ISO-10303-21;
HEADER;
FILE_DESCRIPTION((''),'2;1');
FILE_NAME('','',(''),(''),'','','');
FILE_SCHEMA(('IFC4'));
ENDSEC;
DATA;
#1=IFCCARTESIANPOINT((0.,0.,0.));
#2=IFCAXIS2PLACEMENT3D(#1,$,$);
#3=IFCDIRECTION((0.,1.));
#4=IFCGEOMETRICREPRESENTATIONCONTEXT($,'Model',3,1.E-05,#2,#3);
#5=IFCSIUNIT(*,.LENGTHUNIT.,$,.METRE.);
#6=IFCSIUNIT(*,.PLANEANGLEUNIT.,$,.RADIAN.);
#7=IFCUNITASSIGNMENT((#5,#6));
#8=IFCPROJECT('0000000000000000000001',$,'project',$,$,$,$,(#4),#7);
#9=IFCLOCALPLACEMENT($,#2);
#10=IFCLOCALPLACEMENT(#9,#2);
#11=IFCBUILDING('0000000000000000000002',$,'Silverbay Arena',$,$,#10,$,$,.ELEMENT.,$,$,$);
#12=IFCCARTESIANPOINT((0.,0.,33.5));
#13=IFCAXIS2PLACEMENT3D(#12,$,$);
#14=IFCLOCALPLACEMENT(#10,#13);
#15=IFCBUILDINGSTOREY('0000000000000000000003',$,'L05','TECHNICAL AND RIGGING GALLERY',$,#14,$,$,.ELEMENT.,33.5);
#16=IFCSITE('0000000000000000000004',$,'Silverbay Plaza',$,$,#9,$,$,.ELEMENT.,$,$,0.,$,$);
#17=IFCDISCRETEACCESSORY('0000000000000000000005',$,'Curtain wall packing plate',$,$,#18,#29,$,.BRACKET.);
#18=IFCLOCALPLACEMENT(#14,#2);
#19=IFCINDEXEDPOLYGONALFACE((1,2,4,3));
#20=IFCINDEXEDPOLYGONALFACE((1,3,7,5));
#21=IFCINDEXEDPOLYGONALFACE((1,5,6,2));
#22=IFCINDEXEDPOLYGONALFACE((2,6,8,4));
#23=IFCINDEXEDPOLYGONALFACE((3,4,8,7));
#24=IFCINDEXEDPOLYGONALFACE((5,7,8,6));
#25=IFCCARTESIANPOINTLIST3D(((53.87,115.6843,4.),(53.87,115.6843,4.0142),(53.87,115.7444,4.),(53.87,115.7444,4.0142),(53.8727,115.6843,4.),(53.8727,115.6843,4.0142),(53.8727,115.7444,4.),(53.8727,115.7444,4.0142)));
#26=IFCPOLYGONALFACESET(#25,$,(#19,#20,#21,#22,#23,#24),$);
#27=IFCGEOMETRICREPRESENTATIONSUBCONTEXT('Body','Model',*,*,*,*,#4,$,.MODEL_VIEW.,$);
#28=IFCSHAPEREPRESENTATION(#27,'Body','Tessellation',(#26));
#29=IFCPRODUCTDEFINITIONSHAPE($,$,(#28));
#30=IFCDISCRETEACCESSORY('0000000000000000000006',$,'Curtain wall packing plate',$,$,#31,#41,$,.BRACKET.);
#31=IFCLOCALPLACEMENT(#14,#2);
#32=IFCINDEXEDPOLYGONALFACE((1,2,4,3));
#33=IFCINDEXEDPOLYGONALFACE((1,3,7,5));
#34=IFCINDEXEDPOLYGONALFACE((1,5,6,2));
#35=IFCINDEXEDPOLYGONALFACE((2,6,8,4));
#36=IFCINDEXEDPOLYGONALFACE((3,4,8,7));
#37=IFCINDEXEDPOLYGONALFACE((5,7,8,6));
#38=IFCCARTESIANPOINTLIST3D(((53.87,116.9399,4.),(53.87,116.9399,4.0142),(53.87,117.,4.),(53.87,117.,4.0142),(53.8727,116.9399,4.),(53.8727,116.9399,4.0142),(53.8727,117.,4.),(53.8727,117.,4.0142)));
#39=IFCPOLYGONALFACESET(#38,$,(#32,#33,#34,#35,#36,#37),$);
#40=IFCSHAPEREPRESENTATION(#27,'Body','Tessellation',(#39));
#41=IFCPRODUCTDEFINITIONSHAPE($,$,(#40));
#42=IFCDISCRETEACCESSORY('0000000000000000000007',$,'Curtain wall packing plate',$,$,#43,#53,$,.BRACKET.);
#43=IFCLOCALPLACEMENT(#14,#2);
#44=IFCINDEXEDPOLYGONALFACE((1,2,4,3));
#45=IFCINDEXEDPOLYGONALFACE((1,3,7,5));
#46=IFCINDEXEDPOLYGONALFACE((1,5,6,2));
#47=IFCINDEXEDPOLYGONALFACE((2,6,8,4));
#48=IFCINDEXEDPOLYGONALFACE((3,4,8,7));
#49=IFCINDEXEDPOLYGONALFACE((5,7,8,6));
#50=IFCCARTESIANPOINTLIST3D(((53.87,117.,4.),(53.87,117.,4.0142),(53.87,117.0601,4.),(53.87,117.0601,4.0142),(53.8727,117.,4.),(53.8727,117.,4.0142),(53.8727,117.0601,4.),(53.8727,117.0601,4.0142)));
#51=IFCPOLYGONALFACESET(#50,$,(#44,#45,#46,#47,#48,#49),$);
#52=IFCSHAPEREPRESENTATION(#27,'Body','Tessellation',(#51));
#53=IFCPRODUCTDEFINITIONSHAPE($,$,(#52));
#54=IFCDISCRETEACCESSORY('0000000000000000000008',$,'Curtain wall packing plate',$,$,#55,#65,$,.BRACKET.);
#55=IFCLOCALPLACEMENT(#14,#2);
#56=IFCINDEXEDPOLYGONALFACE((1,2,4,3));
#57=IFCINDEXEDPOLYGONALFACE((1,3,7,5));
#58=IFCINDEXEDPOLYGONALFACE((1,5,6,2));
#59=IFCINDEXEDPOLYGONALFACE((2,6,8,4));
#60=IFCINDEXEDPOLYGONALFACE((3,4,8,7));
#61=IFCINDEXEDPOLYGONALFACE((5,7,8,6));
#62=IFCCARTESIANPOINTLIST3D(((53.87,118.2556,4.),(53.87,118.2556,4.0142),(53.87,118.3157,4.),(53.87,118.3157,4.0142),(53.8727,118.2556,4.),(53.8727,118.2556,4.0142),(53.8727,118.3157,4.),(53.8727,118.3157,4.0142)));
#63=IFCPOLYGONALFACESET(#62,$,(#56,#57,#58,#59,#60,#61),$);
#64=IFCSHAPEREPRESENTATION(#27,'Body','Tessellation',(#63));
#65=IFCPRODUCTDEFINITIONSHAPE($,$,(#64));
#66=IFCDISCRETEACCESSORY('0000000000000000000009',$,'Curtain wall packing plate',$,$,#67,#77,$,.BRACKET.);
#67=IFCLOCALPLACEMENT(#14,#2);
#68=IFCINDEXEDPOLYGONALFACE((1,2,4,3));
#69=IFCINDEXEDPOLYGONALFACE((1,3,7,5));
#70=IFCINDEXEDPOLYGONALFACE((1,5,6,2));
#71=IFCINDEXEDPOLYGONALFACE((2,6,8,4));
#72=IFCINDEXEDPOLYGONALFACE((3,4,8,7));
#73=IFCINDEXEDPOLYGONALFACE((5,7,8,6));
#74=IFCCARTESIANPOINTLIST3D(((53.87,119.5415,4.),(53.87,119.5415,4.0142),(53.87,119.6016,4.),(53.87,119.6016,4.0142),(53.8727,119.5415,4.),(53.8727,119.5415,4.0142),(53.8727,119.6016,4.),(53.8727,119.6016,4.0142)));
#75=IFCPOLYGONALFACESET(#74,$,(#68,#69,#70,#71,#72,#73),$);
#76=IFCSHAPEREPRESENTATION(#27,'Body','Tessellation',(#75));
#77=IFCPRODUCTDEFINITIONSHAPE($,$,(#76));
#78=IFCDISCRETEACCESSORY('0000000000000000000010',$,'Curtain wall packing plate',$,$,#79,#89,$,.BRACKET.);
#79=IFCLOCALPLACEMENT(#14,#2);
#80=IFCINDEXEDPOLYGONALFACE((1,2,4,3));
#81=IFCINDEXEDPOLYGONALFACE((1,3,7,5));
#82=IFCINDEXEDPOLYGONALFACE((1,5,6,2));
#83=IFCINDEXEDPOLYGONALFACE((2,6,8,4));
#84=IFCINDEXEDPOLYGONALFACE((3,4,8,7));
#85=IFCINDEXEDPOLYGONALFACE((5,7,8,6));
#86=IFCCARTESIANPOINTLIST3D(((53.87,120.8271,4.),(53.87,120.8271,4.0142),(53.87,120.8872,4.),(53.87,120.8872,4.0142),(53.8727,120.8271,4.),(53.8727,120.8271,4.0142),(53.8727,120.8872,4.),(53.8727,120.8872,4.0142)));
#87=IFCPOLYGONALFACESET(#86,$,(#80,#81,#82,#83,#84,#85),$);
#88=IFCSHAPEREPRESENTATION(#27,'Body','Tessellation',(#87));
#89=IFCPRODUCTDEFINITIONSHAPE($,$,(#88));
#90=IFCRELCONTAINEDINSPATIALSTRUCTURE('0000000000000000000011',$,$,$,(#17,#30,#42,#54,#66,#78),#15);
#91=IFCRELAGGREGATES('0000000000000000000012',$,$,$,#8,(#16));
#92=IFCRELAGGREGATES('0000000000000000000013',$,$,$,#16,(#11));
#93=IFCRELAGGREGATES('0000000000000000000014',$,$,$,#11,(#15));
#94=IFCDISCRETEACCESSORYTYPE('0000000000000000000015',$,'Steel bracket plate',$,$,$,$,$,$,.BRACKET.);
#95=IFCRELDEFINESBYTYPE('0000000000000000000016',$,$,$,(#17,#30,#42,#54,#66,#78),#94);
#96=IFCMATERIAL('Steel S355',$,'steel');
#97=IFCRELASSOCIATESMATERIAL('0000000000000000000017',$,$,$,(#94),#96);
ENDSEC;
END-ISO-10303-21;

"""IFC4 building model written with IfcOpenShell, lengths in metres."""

from ifc_helpers import new_model, si_unit, direction, frame, origin, origin_2d, place, context, subcontext, project, spatial, rectangle, extrude, material, type_object, element, save


model = new_model("IFC4")

# Units and contexts
model_context = context("Model", 3, precision=1e-05, world=origin(), true_north=direction((0.0, 1.0)))
body_context = subcontext(model_context, "Body", "Model", "MODEL_VIEW")
ifc_project = project(units=[si_unit("LENGTHUNIT", "METRE"), si_unit("PLANEANGLEUNIT", "RADIAN")], contexts=[model_context])

# Site, building, storey
site_placement = place(None, origin())
site = spatial("IfcSite", under=ifc_project, at=site_placement, Name="Silverbay Plaza", CompositionType="ELEMENT", RefElevation=0.0)
building_placement = place(site_placement, origin())
building = spatial("IfcBuilding", under=site, at=building_placement, Name="Silverbay Arena", CompositionType="ELEMENT")
storey_placement = place(building_placement, frame((0.0, 0.0, 33.5)))
storey = spatial("IfcBuildingStorey", under=building, at=storey_placement, Name="L05", Description="TECHNICAL AND RIGGING GALLERY", CompositionType="ELEMENT", Elevation=33.5)

# Discrete accessories
ifc_material_1 = material(Name="Steel S355", Category="steel")
discrete_accessory_type = type_object("IfcDiscreteAccessoryType", Name="Steel bracket plate", PredefinedType="BRACKET", material=ifc_material_1)
for number, where, z_axis, x_axis, name in (
    (1, (53.8713, 115.7144, 4.0), (0.0, 0.0, 1.0), (1.0, 0.0, 0.0), "Curtain wall packing plate"),
    (2, (53.8713, 116.97, 4.0), (0.0, 0.0, 1.0), (1.0, 0.0, 0.0), "Curtain wall packing plate"),
    (3, (53.8713, 117.03, 4.0), (0.0, 0.0, 1.0), (1.0, 0.0, 0.0), "Curtain wall packing plate"),
    (4, (53.8713, 118.2856, 4.0), (0.0, 0.0, 1.0), (1.0, 0.0, 0.0), "Curtain wall packing plate"),
    (5, (53.8713, 119.5715, 4.0), (0.0, 0.0, 1.0), (1.0, 0.0, 0.0), "Curtain wall packing plate"),
    (6, (53.8713, 120.8572, 4.0), (0.0, 0.0, 1.0), (1.0, 0.0, 0.0), "Curtain wall packing plate"),
):
    element("IfcDiscreteAccessory", number, at=place(storey_placement, frame(where, z_axis=z_axis, x_axis=x_axis)), inside=storey, type_object=discrete_accessory_type, Name=name, PredefinedType="BRACKET", context=body_context, shape_type="SweptSolid", body=[
        extrude(rectangle(XDim=0.0027, YDim=0.0601, at=origin_2d()), origin(), (0.0, 0.0, 1.0), 0.0142),
    ])

save(model, "model.ifc")
